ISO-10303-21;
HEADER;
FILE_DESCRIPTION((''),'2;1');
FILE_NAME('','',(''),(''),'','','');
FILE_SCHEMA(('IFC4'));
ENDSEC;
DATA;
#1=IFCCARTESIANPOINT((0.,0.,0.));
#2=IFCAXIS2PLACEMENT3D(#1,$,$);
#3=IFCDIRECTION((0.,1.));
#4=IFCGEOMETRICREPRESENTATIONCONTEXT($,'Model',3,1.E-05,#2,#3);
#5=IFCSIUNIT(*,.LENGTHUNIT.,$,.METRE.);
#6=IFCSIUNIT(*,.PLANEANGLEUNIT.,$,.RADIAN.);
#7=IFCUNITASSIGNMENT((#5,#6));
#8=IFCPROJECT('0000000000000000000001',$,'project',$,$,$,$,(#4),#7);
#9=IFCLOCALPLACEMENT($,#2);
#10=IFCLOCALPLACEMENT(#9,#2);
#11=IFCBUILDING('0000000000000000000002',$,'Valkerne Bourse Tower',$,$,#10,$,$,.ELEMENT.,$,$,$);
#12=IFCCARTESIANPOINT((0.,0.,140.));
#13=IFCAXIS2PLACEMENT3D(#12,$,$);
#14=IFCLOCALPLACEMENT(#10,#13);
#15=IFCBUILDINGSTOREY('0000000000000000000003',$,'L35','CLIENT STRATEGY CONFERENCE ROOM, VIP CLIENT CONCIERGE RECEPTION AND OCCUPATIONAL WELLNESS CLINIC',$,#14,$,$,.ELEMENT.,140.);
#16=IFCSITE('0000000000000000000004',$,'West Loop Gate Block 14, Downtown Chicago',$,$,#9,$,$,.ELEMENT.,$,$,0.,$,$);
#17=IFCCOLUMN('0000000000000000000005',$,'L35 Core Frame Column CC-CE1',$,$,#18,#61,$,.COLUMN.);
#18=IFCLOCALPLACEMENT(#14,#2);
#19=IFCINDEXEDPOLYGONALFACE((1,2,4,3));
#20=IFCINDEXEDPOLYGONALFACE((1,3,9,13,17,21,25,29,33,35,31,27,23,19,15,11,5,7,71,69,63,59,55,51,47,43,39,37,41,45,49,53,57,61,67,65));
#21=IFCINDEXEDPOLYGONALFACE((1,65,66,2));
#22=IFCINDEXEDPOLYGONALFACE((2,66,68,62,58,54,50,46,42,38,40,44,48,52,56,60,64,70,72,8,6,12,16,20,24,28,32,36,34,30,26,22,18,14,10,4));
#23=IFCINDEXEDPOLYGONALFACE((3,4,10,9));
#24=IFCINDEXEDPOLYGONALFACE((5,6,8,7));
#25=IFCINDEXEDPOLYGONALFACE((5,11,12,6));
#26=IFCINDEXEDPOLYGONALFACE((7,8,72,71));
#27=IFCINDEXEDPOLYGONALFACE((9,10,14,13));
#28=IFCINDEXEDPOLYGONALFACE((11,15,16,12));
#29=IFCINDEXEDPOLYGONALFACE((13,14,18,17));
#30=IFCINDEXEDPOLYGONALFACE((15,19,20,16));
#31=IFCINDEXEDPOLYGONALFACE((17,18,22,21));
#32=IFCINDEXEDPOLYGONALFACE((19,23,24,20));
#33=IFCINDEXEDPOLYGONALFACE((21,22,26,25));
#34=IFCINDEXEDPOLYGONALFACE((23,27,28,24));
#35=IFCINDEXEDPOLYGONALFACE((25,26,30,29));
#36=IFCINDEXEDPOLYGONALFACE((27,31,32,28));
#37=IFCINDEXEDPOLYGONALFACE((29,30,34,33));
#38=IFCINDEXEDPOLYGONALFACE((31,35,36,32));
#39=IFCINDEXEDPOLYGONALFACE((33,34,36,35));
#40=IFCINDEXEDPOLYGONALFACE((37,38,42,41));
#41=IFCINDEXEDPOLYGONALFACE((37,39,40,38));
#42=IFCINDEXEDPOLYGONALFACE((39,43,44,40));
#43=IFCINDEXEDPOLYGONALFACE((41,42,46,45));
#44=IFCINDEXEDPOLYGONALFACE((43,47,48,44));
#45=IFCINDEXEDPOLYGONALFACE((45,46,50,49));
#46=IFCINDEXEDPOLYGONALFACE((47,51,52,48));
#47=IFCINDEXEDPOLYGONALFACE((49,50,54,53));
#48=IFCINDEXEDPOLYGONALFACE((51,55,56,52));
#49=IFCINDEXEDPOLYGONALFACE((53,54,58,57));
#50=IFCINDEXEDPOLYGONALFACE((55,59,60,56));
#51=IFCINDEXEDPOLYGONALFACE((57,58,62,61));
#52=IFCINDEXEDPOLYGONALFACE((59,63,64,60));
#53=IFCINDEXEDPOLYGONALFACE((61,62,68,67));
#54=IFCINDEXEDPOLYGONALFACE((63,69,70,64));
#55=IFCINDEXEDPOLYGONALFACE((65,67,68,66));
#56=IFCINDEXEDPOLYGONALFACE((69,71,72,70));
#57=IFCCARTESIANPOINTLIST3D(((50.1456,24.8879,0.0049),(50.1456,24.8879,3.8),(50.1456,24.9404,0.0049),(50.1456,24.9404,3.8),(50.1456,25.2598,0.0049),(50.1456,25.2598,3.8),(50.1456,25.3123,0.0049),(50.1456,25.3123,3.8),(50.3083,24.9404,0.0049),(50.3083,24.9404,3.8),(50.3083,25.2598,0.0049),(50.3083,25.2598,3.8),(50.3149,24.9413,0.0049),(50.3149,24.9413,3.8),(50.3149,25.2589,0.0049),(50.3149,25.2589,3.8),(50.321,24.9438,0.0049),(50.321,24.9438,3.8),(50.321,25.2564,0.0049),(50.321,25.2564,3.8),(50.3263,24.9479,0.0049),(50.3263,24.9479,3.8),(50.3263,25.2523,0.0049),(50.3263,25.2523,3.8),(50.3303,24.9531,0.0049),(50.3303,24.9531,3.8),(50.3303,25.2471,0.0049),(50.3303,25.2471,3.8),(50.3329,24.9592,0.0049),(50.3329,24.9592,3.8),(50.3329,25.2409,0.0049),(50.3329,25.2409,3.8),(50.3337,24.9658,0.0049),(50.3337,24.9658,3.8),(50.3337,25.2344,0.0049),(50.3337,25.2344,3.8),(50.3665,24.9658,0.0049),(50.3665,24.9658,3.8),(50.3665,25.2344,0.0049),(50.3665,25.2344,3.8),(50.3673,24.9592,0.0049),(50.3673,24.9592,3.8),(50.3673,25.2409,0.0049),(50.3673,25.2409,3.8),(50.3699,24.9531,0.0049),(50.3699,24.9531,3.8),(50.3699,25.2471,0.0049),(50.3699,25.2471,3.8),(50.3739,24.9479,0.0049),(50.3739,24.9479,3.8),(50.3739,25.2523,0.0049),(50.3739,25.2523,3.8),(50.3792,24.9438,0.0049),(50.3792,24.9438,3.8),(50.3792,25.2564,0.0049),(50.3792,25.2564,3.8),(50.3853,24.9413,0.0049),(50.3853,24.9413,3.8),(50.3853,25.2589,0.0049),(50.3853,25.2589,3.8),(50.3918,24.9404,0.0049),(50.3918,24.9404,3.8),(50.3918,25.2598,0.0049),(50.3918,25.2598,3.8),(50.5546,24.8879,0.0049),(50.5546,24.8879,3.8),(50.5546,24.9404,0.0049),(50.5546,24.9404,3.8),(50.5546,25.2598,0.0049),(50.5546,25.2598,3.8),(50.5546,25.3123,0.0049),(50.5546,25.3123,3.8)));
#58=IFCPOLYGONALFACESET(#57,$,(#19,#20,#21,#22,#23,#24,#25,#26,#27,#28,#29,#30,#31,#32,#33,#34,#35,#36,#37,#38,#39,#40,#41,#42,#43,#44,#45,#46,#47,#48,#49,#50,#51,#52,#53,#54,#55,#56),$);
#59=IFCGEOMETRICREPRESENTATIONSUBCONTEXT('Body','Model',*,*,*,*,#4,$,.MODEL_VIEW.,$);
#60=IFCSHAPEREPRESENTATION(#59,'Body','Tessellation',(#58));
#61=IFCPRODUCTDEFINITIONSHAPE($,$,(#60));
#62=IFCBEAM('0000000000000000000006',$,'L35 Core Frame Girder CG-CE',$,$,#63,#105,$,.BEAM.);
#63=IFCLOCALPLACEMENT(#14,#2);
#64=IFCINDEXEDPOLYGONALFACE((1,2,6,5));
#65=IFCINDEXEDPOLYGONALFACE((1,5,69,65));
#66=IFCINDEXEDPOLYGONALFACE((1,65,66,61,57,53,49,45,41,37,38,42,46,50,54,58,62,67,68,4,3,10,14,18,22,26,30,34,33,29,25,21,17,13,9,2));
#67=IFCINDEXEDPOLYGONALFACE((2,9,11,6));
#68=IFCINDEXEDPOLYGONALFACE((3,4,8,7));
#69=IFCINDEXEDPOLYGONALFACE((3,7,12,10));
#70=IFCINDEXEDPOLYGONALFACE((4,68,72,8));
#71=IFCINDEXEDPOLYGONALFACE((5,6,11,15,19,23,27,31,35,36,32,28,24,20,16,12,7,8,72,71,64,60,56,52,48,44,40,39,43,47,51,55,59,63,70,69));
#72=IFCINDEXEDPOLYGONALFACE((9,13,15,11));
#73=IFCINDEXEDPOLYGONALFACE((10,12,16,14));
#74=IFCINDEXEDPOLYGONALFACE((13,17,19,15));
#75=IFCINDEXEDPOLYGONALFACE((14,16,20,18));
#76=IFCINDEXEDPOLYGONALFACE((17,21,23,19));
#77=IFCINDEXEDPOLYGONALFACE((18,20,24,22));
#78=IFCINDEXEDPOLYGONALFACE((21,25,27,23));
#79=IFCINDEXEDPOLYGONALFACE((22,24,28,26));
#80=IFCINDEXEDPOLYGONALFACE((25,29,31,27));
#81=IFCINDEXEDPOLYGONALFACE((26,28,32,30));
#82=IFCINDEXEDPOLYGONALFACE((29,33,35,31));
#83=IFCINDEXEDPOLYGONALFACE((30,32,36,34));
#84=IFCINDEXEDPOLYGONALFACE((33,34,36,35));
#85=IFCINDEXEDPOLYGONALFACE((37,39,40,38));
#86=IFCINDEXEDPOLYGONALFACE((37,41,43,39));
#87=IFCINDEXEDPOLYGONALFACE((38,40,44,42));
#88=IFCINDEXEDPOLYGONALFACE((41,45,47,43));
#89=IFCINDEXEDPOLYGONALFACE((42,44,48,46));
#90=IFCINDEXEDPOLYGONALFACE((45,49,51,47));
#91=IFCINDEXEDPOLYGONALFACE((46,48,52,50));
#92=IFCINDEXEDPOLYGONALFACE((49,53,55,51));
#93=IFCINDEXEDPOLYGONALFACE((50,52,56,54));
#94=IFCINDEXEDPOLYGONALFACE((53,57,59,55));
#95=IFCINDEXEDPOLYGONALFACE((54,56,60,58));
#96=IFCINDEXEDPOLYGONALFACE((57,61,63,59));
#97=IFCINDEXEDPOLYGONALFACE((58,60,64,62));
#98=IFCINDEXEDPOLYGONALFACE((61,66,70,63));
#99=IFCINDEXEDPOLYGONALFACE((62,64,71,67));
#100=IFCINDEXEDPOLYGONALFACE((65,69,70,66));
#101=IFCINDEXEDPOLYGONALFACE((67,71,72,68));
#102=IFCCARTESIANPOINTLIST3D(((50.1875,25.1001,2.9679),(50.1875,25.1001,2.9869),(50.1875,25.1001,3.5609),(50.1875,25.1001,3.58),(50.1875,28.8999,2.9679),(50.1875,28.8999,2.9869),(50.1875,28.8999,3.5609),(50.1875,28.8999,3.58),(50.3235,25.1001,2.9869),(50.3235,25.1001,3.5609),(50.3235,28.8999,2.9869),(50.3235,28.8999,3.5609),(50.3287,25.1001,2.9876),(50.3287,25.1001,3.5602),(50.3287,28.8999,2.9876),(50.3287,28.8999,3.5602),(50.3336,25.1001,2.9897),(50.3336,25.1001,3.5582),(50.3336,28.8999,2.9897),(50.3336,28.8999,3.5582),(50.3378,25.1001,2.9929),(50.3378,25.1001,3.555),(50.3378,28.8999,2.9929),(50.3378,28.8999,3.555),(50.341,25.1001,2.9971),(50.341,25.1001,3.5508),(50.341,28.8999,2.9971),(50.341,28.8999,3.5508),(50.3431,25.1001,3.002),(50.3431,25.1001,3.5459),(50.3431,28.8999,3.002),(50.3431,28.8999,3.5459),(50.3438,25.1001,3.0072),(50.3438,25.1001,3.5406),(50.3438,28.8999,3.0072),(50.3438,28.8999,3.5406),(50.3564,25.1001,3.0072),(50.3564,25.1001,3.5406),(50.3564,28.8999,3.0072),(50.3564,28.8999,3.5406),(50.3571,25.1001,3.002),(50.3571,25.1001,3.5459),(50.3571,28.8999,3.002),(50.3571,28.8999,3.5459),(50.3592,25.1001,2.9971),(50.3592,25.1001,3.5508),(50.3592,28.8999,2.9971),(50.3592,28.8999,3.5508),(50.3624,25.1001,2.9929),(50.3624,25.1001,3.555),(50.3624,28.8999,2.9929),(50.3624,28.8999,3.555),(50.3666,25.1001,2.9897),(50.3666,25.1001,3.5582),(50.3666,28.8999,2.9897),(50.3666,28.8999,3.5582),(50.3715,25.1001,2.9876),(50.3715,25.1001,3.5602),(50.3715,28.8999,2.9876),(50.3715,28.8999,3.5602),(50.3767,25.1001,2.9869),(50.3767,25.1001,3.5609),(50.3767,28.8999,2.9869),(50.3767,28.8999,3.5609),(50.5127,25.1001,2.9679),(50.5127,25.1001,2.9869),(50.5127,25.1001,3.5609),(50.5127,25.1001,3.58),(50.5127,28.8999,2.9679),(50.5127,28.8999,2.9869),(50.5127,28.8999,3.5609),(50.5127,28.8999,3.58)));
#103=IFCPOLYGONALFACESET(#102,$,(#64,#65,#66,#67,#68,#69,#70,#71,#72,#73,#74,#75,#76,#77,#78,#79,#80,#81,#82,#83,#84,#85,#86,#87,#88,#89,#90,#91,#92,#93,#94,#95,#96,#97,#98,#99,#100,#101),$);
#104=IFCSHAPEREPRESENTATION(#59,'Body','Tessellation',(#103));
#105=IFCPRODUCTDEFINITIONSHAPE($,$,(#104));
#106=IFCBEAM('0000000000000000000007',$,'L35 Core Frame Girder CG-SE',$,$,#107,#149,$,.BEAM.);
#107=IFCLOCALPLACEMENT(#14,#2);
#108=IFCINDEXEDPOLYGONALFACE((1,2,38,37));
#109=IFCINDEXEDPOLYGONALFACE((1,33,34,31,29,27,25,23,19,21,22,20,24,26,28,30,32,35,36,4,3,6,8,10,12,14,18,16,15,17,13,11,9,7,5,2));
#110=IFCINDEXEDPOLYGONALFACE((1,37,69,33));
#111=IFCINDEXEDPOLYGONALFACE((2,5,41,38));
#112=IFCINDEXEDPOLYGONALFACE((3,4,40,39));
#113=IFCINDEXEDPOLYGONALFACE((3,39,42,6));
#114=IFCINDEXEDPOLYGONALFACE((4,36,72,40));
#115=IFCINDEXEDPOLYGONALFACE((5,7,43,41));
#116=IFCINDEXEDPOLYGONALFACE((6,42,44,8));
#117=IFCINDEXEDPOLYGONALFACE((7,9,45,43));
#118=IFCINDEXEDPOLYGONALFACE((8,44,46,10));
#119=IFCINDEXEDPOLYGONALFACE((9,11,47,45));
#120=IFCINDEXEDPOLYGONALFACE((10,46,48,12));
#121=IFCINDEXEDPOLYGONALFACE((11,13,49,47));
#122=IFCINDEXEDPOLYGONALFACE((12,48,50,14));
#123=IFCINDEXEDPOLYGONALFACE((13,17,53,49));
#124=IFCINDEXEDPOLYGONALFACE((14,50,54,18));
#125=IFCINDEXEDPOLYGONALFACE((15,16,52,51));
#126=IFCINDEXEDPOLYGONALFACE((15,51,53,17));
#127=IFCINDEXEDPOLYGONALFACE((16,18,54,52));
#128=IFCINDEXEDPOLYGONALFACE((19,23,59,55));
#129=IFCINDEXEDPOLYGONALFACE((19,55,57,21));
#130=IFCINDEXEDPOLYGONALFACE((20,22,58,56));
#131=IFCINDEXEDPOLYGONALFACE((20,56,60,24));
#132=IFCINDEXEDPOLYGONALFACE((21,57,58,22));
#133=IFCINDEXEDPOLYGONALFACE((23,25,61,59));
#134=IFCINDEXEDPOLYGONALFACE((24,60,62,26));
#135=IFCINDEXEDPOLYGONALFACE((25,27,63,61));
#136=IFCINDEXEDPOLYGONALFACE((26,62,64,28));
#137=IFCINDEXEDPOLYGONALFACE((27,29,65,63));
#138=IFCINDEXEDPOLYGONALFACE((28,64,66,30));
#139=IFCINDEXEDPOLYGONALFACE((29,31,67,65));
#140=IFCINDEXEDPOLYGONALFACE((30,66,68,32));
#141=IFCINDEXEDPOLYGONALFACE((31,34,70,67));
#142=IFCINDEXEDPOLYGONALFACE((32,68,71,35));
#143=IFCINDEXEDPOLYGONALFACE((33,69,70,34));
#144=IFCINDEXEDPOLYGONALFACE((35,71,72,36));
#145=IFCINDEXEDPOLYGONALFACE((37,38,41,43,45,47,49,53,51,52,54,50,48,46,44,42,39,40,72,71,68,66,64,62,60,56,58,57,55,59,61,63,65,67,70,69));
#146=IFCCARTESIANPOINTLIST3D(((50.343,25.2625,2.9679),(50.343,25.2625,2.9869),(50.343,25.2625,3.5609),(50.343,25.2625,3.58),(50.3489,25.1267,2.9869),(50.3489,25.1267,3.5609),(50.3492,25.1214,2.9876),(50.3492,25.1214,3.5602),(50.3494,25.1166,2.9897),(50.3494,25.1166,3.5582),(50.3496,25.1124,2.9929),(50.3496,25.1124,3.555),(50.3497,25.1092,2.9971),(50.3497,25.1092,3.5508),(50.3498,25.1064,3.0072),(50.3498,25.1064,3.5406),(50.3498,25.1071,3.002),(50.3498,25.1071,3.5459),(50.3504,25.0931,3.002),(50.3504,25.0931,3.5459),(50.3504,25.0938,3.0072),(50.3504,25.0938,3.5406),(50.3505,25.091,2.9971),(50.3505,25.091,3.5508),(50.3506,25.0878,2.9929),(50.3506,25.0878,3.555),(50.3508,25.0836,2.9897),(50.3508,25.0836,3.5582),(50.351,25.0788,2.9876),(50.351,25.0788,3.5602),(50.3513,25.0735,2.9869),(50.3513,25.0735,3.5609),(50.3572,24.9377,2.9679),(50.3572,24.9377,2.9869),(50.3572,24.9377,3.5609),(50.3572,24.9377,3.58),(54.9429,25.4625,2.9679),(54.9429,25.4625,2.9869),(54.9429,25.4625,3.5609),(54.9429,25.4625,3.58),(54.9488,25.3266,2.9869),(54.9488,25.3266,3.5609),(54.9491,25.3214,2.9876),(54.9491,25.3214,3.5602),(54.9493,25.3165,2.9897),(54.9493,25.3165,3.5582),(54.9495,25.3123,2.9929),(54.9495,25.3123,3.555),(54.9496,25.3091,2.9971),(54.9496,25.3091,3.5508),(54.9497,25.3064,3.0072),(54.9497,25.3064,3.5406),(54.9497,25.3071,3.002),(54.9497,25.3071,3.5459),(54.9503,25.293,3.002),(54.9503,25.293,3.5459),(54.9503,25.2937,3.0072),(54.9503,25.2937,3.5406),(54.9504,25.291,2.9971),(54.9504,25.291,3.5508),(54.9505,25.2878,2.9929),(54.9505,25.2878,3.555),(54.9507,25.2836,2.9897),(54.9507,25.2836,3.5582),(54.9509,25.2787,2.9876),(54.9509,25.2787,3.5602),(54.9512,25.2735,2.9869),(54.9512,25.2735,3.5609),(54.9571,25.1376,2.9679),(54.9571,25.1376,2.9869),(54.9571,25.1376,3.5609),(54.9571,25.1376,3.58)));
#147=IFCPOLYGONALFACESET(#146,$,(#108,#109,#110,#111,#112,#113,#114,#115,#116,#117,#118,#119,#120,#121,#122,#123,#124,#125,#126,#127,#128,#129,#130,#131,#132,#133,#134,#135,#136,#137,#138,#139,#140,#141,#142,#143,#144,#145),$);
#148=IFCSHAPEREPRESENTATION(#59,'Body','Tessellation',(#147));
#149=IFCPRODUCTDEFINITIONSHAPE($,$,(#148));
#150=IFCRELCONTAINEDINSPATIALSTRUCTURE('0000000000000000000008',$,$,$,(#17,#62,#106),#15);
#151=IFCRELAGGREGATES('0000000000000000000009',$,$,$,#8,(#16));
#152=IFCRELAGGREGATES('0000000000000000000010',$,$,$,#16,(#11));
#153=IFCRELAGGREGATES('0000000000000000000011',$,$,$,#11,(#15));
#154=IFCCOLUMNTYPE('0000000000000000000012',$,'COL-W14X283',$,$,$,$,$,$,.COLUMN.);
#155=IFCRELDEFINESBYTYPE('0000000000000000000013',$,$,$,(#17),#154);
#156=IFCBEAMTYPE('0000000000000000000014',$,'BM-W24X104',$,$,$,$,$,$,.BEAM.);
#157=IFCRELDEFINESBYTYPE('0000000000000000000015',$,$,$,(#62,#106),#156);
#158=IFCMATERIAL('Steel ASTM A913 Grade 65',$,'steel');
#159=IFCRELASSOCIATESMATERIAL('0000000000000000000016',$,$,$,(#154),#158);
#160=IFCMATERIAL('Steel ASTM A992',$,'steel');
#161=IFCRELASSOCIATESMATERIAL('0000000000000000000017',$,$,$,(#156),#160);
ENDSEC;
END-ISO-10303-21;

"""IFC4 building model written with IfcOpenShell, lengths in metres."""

from ifc_helpers import new_model, si_unit, direction, frame, origin, origin_2d, place, context, subcontext, project, spatial, i_section, extrude, material, material_profile, profile_set, type_object, element, save


model = new_model("IFC4")

# Units and contexts
model_context = context("Model", 3, precision=1e-05, world=origin(), true_north=direction((0.0, 1.0)))
body_context = subcontext(model_context, "Body", "Model", "MODEL_VIEW")
ifc_project = project(units=[si_unit("LENGTHUNIT", "METRE"), si_unit("PLANEANGLEUNIT", "RADIAN")], contexts=[model_context])

# Site, building, storey
site_placement = place(None, origin())
site = spatial("IfcSite", under=ifc_project, at=site_placement, Name="West Loop Gate Block 14, Downtown Chicago", CompositionType="ELEMENT", RefElevation=0.0)
building_placement = place(site_placement, origin())
building = spatial("IfcBuilding", under=site, at=building_placement, Name="Valkerne Bourse Tower", CompositionType="ELEMENT")
storey_placement = place(building_placement, frame((0.0, 0.0, 140.0)))
storey = spatial("IfcBuildingStorey", under=building, at=storey_placement, Name="L35", Description="CLIENT STRATEGY CONFERENCE ROOM, VIP CLIENT CONCIERGE RECEPTION AND OCCUPATIONAL WELLNESS CLINIC", CompositionType="ELEMENT", Elevation=140.0)

# Column
ifc_material_1 = material(Name="Steel ASTM A913 Grade 65", Category="steel")
ifc_material_profile_1 = material_profile(ifc_material_1, i_section(OverallWidth=0.4089, OverallDepth=0.4243, WebThickness=0.0327, FlangeThickness=0.0525, FilletRadius=0.0254, at=origin_2d()), Name="W14X283")
ifc_profile_set_1 = profile_set([ifc_material_profile_1], Name="Steel ASTM A913 Grade 65")
column_type = type_object("IfcColumnType", Name="COL-W14X283", PredefinedType="COLUMN", material=ifc_profile_set_1)
column_placement = place(storey_placement, frame((50.3501, 25.1001, 0.0049), z_axis=(0.0, 0.0, 1.0), x_axis=(1.0, 0.0, 0.0)))
element("IfcColumn", 1, at=column_placement, inside=storey, type_object=column_type, Name="L35 Core Frame Column CC-CE1", PredefinedType="COLUMN", context=body_context, shape_type="SweptSolid", body=[
    extrude(i_section(OverallWidth=0.4089, OverallDepth=0.4243, WebThickness=0.0327, FlangeThickness=0.0525, FilletRadius=0.0254, at=origin_2d()), origin(), (0.0, 0.0, 1.0), 3.7952),
])

# Beams
ifc_material_2 = material(Name="Steel ASTM A992", Category="steel")
ifc_material_profile_2 = material_profile(ifc_material_2, i_section(OverallWidth=0.3252, OverallDepth=0.6121, WebThickness=0.0127, FlangeThickness=0.019, FilletRadius=0.0203, at=origin_2d()), Name="W24X104")
ifc_profile_set_2 = profile_set([ifc_material_profile_2], Name="Steel ASTM A992")
beam_type = type_object("IfcBeamType", Name="BM-W24X104", PredefinedType="BEAM", material=ifc_profile_set_2)
beam_1_placement = place(storey_placement, frame((50.3501, 25.1001, 3.2739), z_axis=(0.0, 1.0, 0.0), x_axis=(-1.0, 0.0, 0.0)))
element("IfcBeam", 2, at=beam_1_placement, inside=storey, type_object=beam_type, Name="L35 Core Frame Girder CG-CE", PredefinedType="BEAM", context=body_context, shape_type="SweptSolid", body=[
    extrude(i_section(OverallWidth=0.3252, OverallDepth=0.6121, WebThickness=0.0127, FlangeThickness=0.019, FilletRadius=0.0203, at=origin_2d()), origin(), (0.0, 0.0, 1.0), 3.7998),
])
beam_2_placement = place(storey_placement, frame((50.3501, 25.1001, 3.2739), z_axis=(0.999057, 0.043428, 0.0), x_axis=(-0.043428, 0.999057, 0.0)))
element("IfcBeam", 3, at=beam_2_placement, inside=storey, type_object=beam_type, Name="L35 Core Frame Girder CG-SE", PredefinedType="BEAM", context=body_context, shape_type="SweptSolid", body=[
    extrude(i_section(OverallWidth=0.3252, OverallDepth=0.6121, WebThickness=0.0127, FlangeThickness=0.019, FilletRadius=0.0203, at=origin_2d()), origin(), (0.0, 0.0, 1.0), 4.6042),
])

save(model, "model.ifc")
